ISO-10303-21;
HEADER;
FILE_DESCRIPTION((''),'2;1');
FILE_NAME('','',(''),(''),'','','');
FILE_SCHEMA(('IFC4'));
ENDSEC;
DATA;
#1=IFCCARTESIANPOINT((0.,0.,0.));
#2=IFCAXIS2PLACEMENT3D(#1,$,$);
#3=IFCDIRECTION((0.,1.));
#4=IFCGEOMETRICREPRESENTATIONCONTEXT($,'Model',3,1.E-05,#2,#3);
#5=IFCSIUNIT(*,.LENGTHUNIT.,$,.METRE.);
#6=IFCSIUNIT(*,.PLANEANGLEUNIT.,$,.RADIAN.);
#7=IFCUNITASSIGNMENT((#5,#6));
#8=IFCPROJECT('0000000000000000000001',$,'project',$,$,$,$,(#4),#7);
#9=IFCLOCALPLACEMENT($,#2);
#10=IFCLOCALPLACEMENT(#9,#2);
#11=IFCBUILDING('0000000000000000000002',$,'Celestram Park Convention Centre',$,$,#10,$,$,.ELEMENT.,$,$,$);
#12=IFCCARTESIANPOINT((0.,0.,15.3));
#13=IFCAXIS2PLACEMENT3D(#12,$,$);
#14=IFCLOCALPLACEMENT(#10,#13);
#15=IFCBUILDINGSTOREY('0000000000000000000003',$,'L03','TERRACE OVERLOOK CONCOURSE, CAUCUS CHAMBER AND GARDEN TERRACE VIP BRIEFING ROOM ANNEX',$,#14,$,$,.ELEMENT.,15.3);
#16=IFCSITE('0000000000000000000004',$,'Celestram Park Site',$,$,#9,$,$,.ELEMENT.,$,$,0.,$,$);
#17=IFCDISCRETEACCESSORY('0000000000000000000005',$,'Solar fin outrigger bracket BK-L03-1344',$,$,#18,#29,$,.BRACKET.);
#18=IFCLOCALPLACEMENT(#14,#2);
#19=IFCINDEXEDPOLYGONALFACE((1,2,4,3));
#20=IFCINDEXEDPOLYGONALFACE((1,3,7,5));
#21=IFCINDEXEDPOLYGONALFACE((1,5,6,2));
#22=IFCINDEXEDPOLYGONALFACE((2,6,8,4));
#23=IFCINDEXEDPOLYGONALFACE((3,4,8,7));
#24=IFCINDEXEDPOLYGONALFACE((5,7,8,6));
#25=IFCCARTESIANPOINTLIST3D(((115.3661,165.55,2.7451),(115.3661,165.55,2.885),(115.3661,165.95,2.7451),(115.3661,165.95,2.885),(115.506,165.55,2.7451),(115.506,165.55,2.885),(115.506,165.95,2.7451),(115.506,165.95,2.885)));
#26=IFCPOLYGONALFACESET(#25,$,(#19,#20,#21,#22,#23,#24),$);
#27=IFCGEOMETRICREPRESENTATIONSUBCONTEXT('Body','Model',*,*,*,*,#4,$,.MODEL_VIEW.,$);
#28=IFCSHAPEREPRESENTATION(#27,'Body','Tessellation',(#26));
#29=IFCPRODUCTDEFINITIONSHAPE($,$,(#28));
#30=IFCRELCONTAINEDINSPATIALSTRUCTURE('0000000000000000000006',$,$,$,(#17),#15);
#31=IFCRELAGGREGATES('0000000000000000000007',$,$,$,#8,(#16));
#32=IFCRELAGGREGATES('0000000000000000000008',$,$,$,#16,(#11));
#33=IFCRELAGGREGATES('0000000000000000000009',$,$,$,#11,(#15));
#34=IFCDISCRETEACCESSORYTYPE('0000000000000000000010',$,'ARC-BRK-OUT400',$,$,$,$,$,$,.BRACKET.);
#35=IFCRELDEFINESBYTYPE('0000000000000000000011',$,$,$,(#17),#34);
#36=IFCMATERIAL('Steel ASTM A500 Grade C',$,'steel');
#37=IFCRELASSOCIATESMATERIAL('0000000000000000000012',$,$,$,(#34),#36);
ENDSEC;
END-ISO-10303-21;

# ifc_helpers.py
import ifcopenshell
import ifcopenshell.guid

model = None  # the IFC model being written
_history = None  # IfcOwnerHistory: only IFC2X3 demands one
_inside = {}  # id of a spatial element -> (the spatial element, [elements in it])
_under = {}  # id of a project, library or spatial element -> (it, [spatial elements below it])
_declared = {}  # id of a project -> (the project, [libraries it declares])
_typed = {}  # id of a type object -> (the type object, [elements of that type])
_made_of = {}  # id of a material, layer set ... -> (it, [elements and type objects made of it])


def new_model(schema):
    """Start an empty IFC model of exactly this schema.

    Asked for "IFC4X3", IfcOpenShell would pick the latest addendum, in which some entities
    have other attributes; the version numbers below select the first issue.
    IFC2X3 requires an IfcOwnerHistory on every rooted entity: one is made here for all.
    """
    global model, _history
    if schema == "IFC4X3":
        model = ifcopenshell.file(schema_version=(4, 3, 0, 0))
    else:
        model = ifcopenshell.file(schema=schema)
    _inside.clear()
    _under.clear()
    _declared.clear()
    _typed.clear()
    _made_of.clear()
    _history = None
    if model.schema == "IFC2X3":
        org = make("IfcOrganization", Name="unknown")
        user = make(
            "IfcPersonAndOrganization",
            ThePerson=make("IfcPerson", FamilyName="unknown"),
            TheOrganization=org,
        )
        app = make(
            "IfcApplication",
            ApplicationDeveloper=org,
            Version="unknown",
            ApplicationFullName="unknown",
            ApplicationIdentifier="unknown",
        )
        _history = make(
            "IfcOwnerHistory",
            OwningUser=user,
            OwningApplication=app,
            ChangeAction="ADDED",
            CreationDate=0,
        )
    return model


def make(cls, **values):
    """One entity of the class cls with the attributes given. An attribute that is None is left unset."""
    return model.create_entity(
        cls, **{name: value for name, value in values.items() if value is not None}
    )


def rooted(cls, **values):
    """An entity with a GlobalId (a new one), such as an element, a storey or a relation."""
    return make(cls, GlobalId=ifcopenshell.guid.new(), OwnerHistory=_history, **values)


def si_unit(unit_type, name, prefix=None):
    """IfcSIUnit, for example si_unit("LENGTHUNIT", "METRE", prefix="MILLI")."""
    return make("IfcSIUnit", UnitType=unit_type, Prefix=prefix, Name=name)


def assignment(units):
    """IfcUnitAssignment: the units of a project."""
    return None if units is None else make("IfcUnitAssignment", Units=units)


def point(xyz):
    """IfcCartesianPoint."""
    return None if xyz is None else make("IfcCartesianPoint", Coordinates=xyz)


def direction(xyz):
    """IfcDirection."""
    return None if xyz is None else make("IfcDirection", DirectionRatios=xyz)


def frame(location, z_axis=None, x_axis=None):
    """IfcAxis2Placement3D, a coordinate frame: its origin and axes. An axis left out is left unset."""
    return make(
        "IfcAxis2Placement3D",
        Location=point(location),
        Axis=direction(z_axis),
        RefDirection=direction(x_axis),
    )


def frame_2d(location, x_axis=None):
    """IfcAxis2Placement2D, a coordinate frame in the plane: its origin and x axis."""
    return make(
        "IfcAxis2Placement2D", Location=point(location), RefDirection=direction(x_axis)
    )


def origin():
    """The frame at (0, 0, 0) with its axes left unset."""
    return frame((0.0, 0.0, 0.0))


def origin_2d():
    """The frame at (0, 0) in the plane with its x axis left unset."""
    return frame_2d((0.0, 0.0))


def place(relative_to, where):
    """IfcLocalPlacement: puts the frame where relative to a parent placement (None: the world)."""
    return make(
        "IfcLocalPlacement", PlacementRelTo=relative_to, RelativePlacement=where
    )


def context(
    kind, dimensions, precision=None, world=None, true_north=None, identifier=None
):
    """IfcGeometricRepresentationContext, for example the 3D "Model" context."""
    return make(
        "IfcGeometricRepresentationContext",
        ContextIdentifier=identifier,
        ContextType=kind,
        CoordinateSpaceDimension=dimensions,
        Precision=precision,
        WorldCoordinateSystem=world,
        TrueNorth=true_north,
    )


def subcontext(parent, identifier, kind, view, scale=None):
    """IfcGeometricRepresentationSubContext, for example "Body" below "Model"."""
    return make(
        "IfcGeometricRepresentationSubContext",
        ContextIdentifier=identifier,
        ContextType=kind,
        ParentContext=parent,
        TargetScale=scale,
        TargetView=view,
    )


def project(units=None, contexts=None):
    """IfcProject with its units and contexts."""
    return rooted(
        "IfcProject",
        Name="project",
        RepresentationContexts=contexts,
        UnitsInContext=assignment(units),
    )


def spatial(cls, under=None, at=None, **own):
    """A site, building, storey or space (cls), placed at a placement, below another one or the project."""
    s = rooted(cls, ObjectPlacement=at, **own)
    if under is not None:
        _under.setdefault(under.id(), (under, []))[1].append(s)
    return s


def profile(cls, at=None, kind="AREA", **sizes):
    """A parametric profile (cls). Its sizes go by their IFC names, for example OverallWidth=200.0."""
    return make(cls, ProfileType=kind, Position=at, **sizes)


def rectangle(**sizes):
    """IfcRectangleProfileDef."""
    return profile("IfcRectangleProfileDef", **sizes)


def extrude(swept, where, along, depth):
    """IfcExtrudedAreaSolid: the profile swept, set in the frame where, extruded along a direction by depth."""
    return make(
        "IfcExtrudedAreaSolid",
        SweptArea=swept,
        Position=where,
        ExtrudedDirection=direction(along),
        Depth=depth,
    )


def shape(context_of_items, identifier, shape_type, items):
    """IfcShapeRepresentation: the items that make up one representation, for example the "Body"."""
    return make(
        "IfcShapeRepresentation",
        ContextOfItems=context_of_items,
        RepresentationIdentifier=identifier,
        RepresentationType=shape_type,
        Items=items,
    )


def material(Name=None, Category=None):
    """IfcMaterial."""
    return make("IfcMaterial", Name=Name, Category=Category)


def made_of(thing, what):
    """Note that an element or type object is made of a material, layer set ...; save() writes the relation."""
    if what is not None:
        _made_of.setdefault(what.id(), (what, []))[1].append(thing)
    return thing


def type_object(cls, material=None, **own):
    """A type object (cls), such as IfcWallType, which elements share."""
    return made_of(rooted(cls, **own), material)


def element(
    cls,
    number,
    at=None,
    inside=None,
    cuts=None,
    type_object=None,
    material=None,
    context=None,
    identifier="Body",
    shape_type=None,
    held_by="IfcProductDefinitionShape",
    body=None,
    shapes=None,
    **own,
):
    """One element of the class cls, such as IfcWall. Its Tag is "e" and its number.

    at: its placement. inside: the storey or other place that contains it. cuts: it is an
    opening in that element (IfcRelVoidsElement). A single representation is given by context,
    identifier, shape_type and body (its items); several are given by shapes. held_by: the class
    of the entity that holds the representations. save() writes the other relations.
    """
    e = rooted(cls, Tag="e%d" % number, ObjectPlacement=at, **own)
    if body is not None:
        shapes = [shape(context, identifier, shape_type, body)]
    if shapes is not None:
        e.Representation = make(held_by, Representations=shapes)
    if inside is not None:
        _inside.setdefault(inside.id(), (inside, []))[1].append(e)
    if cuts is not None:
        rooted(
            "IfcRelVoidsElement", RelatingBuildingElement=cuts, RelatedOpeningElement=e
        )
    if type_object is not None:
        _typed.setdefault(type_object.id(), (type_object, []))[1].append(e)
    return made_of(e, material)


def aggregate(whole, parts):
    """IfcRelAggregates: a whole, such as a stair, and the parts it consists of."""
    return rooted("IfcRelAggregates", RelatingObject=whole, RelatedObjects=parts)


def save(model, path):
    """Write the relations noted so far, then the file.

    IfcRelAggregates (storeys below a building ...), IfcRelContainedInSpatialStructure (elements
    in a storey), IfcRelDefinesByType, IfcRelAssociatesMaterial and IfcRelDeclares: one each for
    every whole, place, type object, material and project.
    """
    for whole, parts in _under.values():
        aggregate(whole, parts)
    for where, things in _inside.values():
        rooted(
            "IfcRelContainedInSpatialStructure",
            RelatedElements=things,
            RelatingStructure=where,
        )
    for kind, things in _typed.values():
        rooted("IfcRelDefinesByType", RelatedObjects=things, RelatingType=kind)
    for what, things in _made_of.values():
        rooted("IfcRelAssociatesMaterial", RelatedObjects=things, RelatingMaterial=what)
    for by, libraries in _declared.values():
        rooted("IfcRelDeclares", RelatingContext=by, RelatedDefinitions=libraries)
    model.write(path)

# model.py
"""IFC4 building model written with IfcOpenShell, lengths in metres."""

from ifc_helpers import new_model, si_unit, direction, frame, origin, origin_2d, place, context, subcontext, project, spatial, rectangle, extrude, material, type_object, element, save


model = new_model("IFC4")

# Units and contexts
model_context = context("Model", 3, precision=1e-05, world=origin(), true_north=direction((0.0, 1.0)))
body_context = subcontext(model_context, "Body", "Model", "MODEL_VIEW")
ifc_project = project(units=[si_unit("LENGTHUNIT", "METRE"), si_unit("PLANEANGLEUNIT", "RADIAN")], contexts=[model_context])

# Site, building, storey
site_placement = place(None, origin())
site = spatial("IfcSite", under=ifc_project, at=site_placement, Name="Celestram Park Site", CompositionType="ELEMENT", RefElevation=0.0)
building_placement = place(site_placement, origin())
building = spatial("IfcBuilding", under=site, at=building_placement, Name="Celestram Park Convention Centre", CompositionType="ELEMENT")
storey_placement = place(building_placement, frame((0.0, 0.0, 15.3)))
storey = spatial("IfcBuildingStorey", under=building, at=storey_placement, Name="L03", Description="TERRACE OVERLOOK CONCOURSE, CAUCUS CHAMBER AND GARDEN TERRACE VIP BRIEFING ROOM ANNEX", CompositionType="ELEMENT", Elevation=15.3)

# Discrete accessory
ifc_material_1 = material(Name="Steel ASTM A500 Grade C", Category="steel")
discrete_accessory_type = type_object("IfcDiscreteAccessoryType", Name="ARC-BRK-OUT400", PredefinedType="BRACKET", material=ifc_material_1)
for number, where, z_axis, x_axis, name in (
    (1, (115.436, 165.75, 2.7451), (0.0, 0.0, 1.0), (0.0, 1.0, 0.0), "Solar fin outrigger bracket BK-L03-1344"),
):
    element("IfcDiscreteAccessory", number, at=place(storey_placement, frame(where, z_axis=z_axis, x_axis=x_axis)), inside=storey, type_object=discrete_accessory_type, Name=name, PredefinedType="BRACKET", context=body_context, shape_type="SweptSolid", body=[
        extrude(rectangle(XDim=0.3999, YDim=0.1399, at=origin_2d()), origin(), (0.0, 0.0, 1.0), 0.1399),
    ])

save(model, "model.ifc")
